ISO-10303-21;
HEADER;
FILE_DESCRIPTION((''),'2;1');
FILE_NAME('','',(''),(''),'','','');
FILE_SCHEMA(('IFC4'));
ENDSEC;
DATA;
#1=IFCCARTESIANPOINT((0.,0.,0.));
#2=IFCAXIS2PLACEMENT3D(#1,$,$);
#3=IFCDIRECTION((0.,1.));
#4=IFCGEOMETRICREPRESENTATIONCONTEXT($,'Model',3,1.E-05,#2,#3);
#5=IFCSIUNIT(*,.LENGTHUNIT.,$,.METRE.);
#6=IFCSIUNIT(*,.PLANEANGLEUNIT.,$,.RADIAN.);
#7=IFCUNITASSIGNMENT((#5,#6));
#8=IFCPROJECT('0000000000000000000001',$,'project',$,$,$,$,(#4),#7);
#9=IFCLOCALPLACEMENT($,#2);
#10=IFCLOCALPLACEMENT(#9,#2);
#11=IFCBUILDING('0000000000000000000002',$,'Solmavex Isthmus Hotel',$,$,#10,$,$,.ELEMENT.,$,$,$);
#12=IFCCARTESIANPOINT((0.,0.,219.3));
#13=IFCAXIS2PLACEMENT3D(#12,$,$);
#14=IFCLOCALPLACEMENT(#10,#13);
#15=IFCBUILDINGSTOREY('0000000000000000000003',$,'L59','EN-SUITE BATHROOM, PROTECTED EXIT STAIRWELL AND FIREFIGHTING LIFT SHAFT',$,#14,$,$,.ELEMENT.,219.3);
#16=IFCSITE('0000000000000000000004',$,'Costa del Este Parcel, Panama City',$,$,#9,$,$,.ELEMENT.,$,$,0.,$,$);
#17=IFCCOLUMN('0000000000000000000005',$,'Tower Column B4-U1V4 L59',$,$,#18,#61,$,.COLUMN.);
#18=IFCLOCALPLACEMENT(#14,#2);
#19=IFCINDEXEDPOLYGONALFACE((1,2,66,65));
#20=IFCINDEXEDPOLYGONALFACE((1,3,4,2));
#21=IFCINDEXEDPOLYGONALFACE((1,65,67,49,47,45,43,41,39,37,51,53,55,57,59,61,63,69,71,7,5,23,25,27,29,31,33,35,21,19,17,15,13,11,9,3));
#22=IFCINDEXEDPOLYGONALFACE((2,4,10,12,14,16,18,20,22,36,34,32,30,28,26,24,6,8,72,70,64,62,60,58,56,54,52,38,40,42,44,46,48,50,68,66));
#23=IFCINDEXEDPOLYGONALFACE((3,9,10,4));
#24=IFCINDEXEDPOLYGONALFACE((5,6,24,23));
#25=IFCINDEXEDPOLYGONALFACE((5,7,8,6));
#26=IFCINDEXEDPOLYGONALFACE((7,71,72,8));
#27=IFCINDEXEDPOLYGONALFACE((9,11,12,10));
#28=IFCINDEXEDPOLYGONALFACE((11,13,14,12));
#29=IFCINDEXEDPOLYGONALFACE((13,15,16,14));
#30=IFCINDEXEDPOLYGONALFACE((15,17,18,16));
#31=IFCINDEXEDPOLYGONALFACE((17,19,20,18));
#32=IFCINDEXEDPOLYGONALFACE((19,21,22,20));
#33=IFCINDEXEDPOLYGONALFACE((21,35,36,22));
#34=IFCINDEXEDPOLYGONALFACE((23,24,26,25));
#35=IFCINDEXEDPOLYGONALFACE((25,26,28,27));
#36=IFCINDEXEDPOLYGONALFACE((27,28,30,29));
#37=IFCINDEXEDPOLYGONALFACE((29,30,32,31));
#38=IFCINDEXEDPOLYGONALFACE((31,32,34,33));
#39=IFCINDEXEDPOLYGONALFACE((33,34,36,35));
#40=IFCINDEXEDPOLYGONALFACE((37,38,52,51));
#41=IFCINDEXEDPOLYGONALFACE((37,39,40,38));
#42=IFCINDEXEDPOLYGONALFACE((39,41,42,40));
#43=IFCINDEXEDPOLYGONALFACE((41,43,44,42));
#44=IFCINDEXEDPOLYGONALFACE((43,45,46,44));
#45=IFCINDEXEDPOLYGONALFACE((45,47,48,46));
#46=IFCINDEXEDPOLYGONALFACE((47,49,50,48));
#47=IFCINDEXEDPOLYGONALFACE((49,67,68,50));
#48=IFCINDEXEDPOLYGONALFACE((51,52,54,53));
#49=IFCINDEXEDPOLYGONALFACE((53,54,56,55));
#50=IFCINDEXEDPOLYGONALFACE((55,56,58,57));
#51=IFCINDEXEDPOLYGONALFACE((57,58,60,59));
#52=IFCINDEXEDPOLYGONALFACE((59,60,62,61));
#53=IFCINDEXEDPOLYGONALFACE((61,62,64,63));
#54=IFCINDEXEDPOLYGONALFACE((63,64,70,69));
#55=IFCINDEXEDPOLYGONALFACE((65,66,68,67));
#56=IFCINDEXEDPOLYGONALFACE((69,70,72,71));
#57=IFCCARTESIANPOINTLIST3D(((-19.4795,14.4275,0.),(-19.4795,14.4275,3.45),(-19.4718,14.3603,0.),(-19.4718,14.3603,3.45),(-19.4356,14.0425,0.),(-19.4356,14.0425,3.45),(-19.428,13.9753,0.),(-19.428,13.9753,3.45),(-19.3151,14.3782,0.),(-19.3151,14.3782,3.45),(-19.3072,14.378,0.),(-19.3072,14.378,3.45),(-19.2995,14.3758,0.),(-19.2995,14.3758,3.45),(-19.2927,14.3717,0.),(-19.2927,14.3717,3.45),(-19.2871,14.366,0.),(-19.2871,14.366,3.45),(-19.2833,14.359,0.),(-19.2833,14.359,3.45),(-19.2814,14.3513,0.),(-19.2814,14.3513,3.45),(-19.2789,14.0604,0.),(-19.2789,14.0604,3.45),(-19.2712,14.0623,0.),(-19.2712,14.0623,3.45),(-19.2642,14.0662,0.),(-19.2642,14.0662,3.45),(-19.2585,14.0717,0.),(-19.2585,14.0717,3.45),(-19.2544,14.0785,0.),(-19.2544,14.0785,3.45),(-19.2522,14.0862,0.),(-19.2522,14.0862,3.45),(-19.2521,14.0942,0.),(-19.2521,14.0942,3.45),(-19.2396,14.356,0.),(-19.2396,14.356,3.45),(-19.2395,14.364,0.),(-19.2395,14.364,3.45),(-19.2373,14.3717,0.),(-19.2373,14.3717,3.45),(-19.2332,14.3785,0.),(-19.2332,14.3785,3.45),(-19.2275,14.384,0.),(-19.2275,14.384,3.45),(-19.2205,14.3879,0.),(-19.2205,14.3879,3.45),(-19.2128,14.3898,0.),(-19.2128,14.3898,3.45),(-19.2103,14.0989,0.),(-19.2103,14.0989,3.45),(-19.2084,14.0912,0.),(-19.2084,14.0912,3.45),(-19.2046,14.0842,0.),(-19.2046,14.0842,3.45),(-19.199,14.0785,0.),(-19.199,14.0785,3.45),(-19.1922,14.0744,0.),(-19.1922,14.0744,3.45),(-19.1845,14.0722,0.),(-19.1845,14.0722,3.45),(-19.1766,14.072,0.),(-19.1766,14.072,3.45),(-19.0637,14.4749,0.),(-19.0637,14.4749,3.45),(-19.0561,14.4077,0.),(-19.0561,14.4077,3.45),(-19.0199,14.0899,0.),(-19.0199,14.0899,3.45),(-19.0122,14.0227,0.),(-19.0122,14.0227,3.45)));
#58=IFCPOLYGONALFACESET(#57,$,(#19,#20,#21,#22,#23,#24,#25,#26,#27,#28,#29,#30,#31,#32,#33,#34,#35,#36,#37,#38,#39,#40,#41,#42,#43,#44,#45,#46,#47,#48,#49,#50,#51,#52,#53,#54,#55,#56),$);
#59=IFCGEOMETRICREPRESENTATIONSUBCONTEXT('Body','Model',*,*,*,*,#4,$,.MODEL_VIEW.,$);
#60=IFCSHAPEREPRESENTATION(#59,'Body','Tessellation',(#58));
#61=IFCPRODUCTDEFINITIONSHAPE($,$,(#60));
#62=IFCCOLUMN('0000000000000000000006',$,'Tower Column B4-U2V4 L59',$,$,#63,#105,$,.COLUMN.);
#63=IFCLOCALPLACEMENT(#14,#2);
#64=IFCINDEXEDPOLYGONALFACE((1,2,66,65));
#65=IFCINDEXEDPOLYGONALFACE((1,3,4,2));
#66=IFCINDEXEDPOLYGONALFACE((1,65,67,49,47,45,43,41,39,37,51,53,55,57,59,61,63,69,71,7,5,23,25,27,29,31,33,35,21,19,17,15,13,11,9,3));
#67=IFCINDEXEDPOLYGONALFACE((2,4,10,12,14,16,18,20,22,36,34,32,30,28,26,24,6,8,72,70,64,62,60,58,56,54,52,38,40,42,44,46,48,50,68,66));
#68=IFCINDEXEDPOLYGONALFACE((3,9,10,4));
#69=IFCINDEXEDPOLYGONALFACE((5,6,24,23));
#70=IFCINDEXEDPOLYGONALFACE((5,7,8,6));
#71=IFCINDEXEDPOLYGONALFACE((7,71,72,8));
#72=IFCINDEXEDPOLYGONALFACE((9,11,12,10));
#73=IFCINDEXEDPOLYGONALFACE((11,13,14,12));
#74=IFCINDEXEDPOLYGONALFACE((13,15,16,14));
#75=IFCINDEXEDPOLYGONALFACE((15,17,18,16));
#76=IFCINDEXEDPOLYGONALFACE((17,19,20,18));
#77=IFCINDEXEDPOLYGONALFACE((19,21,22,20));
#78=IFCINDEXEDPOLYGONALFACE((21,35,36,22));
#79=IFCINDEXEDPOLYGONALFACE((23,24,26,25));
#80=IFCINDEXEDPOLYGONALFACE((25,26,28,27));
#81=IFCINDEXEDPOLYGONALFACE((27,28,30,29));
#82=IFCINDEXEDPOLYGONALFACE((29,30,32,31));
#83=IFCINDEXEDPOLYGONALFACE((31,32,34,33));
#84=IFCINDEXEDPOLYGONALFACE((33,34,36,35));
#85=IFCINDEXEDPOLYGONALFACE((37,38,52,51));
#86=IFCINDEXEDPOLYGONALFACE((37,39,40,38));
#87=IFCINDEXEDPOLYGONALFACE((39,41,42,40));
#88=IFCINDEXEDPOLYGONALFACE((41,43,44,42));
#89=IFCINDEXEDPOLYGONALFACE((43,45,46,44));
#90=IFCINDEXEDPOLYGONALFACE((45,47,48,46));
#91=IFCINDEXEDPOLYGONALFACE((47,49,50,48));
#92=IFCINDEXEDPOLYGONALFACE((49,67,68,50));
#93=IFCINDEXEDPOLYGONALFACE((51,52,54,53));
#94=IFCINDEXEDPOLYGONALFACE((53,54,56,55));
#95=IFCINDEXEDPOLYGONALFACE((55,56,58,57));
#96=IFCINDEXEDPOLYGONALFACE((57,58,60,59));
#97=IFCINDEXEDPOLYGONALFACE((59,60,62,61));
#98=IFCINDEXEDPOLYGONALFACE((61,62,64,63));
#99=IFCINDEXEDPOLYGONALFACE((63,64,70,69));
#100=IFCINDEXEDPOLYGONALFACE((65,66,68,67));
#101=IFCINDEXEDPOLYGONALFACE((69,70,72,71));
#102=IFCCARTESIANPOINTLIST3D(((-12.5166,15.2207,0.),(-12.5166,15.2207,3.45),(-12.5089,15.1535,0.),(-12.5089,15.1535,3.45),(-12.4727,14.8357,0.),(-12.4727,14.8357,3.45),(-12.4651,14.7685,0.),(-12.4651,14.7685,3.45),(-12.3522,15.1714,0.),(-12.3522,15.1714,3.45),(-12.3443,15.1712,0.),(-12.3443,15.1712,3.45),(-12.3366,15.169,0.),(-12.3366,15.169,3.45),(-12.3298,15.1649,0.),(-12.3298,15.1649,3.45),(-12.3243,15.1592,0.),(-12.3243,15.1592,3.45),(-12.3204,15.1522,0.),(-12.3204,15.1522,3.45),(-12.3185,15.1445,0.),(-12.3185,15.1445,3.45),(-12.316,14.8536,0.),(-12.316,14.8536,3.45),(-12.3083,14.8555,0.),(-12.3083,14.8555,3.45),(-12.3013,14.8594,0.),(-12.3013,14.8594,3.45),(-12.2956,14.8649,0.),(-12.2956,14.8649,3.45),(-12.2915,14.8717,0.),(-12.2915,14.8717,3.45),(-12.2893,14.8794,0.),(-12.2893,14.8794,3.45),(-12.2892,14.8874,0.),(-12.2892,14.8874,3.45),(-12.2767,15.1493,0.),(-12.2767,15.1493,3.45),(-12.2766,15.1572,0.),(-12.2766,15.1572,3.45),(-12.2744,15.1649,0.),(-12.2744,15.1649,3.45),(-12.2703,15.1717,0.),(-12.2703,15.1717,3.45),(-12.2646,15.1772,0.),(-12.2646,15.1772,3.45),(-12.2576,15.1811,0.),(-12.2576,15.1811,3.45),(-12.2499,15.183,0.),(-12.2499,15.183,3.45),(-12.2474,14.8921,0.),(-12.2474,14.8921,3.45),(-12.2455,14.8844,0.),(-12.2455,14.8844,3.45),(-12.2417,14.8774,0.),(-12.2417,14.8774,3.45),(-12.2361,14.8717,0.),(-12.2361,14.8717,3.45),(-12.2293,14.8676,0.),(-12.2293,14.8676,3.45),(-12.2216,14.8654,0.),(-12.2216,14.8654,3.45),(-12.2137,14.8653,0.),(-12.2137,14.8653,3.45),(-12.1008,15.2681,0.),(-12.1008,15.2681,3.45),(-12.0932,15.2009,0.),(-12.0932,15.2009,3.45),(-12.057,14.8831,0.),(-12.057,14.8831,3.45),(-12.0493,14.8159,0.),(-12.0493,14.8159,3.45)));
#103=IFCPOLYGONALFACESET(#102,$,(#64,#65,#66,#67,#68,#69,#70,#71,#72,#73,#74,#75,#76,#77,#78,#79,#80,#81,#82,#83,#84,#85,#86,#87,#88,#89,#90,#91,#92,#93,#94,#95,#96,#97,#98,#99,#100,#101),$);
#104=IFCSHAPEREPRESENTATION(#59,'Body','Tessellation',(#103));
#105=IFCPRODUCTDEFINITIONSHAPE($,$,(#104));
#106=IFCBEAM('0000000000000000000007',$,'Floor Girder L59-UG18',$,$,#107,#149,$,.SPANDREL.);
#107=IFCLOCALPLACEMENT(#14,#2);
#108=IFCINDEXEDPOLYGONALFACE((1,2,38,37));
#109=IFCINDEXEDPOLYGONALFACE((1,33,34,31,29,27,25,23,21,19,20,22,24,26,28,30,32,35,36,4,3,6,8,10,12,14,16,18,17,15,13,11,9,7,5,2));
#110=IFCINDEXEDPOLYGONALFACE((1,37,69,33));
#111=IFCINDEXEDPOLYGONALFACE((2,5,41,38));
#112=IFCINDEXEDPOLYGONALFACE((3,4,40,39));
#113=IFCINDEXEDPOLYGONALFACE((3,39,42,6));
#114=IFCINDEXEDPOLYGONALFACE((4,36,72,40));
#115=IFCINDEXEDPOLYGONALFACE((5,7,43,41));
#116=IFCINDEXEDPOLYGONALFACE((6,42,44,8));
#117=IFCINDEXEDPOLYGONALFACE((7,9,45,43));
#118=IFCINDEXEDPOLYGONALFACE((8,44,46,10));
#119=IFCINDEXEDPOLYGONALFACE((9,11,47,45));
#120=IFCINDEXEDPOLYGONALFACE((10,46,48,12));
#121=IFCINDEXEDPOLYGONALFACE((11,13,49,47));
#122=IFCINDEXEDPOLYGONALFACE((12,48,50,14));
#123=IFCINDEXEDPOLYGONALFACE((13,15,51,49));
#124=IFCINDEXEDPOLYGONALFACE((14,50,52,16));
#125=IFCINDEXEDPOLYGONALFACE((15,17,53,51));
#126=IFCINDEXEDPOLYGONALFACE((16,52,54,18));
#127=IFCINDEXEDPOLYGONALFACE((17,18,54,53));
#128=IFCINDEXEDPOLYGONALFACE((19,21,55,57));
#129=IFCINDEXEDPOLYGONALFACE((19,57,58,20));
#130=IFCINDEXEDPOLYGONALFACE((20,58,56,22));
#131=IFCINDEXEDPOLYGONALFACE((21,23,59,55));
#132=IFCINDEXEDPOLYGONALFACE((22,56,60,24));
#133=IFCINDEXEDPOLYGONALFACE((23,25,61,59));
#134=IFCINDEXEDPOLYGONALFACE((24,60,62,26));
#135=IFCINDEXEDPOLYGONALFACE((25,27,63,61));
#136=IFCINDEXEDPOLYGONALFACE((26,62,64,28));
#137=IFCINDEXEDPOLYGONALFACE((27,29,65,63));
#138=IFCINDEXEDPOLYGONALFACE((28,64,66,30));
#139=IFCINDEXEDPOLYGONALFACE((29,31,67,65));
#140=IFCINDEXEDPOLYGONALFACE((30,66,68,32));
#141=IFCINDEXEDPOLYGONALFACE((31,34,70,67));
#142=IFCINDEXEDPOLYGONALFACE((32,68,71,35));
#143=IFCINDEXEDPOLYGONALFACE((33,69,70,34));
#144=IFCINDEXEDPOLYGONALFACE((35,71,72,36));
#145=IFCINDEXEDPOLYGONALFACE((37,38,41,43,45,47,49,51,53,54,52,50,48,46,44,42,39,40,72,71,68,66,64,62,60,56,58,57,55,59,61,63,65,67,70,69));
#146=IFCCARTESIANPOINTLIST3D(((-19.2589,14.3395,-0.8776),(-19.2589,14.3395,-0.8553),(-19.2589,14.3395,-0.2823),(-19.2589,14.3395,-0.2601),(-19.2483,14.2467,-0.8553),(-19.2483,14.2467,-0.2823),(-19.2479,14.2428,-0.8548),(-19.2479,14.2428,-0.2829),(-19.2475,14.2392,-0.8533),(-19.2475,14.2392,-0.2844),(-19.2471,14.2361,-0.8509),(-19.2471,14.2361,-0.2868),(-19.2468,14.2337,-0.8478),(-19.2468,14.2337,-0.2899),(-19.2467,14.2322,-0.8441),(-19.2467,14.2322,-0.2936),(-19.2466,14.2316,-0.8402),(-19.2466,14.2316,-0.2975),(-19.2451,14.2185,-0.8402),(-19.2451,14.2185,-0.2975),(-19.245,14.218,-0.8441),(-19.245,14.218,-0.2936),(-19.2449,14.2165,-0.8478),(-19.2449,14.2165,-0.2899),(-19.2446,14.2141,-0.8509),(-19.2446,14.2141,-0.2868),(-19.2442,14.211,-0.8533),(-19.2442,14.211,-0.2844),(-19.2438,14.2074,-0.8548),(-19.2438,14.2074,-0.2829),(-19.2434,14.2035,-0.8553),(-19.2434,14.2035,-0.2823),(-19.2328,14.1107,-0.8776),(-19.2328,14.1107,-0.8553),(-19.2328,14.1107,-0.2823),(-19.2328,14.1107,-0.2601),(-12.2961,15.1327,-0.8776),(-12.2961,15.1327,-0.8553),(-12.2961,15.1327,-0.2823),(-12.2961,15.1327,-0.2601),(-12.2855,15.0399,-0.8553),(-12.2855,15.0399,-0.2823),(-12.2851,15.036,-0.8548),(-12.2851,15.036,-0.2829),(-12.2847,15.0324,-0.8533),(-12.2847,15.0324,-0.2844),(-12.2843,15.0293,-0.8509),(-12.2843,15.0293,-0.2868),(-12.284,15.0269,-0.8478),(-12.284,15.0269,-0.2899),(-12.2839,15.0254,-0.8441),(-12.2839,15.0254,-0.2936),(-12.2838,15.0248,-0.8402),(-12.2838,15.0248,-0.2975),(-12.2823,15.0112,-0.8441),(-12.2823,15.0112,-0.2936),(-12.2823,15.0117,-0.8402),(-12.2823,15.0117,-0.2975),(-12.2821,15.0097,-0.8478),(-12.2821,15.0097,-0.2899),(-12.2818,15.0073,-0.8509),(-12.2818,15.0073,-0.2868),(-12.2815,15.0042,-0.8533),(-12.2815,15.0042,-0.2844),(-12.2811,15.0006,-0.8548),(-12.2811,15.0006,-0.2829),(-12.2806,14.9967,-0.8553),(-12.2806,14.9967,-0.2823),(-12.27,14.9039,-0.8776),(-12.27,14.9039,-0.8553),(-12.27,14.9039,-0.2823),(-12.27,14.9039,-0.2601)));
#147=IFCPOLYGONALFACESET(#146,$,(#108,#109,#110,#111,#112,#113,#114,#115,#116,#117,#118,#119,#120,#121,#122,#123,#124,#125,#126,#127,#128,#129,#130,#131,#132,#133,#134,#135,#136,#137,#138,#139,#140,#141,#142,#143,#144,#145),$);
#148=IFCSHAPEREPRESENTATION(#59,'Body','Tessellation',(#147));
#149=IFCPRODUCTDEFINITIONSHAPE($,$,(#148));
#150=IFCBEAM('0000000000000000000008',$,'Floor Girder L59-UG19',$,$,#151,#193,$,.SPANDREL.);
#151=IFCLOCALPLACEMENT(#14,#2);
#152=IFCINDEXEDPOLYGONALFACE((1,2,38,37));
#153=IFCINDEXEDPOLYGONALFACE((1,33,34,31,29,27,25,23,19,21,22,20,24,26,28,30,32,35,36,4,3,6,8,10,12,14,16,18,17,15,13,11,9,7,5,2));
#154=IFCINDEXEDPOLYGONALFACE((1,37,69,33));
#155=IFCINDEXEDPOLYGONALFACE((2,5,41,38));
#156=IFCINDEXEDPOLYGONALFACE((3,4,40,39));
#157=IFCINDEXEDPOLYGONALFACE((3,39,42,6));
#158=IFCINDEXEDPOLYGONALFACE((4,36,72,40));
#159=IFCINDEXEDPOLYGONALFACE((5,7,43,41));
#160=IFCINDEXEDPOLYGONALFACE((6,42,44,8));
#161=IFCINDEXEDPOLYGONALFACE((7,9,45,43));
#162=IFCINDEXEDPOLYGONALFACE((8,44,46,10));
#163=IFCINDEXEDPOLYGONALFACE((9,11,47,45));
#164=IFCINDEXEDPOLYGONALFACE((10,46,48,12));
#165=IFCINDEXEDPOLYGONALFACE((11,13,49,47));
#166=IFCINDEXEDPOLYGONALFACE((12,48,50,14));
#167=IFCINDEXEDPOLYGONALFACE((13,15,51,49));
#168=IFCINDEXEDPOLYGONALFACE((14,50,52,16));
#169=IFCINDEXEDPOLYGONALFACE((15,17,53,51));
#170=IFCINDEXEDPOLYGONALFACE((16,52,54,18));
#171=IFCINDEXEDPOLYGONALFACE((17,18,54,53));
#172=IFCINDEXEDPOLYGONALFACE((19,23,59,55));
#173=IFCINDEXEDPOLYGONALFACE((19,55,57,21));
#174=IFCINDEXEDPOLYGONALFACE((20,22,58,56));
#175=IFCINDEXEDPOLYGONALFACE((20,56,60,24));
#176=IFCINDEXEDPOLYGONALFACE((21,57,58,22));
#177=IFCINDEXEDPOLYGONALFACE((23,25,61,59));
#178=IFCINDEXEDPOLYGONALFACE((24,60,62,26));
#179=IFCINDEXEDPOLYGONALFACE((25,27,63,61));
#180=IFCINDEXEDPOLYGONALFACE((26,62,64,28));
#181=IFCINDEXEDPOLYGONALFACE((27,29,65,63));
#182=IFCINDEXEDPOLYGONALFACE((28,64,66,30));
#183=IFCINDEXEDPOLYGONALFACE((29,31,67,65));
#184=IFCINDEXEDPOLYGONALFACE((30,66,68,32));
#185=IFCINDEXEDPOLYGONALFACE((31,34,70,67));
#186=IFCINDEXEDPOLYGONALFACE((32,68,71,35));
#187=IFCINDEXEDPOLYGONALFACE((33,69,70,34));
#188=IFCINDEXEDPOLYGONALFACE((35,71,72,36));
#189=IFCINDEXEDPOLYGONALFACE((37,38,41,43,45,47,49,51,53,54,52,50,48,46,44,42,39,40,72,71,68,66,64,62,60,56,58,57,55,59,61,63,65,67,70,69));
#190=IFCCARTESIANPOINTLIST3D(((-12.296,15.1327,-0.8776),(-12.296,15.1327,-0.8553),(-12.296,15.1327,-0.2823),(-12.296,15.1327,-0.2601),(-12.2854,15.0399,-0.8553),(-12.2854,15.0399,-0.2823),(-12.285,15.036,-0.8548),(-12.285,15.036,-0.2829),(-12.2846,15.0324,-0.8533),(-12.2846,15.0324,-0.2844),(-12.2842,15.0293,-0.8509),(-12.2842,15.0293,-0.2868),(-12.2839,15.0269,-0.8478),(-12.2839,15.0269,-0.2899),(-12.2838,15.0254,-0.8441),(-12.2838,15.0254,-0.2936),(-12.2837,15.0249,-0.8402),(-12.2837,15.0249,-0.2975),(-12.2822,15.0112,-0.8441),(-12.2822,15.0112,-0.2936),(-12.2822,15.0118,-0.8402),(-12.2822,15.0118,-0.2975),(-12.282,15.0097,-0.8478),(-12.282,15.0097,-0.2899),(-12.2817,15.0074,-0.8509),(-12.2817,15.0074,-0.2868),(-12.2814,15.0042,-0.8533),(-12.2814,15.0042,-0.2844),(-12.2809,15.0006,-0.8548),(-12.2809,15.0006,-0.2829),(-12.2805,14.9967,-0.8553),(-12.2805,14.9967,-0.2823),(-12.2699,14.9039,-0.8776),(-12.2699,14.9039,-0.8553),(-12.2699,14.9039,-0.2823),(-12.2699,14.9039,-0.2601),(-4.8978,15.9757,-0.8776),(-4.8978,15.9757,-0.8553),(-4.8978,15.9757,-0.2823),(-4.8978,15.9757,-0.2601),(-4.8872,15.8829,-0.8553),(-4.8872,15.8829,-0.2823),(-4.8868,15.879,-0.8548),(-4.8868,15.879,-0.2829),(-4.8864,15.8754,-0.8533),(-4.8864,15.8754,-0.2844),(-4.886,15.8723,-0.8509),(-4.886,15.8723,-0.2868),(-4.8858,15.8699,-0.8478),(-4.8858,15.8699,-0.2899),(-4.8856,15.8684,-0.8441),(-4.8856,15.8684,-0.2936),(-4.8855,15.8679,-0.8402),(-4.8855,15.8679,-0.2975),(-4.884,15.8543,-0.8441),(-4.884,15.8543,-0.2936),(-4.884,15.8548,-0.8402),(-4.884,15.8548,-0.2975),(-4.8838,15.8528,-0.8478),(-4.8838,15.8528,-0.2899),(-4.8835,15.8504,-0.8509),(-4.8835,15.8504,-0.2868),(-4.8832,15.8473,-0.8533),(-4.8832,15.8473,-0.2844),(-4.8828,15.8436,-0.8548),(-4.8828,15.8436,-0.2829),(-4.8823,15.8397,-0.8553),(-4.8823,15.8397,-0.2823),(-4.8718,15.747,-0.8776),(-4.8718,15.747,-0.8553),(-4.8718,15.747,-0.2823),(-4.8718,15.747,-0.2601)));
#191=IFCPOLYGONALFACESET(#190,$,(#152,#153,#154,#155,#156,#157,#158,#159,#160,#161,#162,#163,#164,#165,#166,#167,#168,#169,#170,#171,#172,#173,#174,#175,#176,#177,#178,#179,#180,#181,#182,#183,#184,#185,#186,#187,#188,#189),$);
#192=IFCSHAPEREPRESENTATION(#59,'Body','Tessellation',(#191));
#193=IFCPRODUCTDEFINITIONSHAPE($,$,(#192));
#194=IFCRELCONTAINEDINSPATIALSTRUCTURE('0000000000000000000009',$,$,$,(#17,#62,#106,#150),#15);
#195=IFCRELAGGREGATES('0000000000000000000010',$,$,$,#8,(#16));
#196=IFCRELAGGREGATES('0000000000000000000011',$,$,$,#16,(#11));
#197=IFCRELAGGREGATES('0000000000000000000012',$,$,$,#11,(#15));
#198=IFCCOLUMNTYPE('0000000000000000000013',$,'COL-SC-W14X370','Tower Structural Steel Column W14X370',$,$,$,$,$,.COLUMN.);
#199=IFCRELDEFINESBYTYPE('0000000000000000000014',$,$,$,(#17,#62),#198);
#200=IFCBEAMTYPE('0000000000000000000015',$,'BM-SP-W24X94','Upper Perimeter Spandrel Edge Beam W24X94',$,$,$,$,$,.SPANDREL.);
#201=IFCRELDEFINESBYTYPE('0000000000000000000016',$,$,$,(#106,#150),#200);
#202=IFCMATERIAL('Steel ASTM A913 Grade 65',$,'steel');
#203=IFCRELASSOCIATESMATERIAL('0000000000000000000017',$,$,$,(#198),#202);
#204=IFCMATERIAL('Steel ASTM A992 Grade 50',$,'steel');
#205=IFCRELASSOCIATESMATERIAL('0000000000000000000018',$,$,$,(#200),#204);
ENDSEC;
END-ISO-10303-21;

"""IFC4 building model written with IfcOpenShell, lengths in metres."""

from ifc_helpers import new_model, si_unit, direction, frame, origin, origin_2d, place, context, subcontext, project, spatial, i_section, extrude, material, material_profile, profile_set, type_object, element, save


model = new_model("IFC4")

# Units and contexts
model_context = context("Model", 3, precision=1e-05, world=origin(), true_north=direction((0.0, 1.0)))
body_context = subcontext(model_context, "Body", "Model", "MODEL_VIEW")
ifc_project = project(units=[si_unit("LENGTHUNIT", "METRE"), si_unit("PLANEANGLEUNIT", "RADIAN")], contexts=[model_context])

# Site, building, storey
site_placement = place(None, origin())
site = spatial("IfcSite", under=ifc_project, at=site_placement, Name="Costa del Este Parcel, Panama City", CompositionType="ELEMENT", RefElevation=0.0)
building_placement = place(site_placement, origin())
building = spatial("IfcBuilding", under=site, at=building_placement, Name="Solmavex Isthmus Hotel", CompositionType="ELEMENT")
storey_placement = place(building_placement, frame((0.0, 0.0, 219.3)))
storey = spatial("IfcBuildingStorey", under=building, at=storey_placement, Name="L59", Description="EN-SUITE BATHROOM, PROTECTED EXIT STAIRWELL AND FIREFIGHTING LIFT SHAFT", CompositionType="ELEMENT", Elevation=219.3)

# Columns
ifc_material_1 = material(Name="Steel ASTM A913 Grade 65", Category="steel")
ifc_material_profile_1 = material_profile(ifc_material_1, i_section(OverallWidth=0.4185, OverallDepth=0.4551, WebThickness=0.042, FlangeThickness=0.0676, FilletRadius=0.0305, at=origin_2d()), Name="W14X370")
ifc_profile_set_1 = profile_set([ifc_material_profile_1], Name="Steel ASTM A913 Grade 65")
column_type = type_object("IfcColumnType", Name="COL-SC-W14X370", Description="Tower Structural Steel Column W14X370", PredefinedType="COLUMN", material=ifc_profile_set_1)
for number, where, z_axis, x_axis, name in (
    (1, (-19.2458, 14.2251, 0.0), (0.0, 0.0, 1.0), (0.993572, 0.113203, 0.0), "Tower Column B4-U1V4 L59"),
    (2, (-12.283, 15.0183, 0.0), (0.0, 0.0, 1.0), (0.993572, 0.113203, 0.0), "Tower Column B4-U2V4 L59"),
):
    element("IfcColumn", number, at=place(storey_placement, frame(where, z_axis=z_axis, x_axis=x_axis)), inside=storey, type_object=column_type, Name=name, PredefinedType="COLUMN", context=body_context, shape_type="SweptSolid", body=[
        extrude(i_section(OverallWidth=0.4185, OverallDepth=0.4551, WebThickness=0.042, FlangeThickness=0.0676, FilletRadius=0.0305, at=origin_2d()), origin(), (0.0, 0.0, 1.0), 3.45),
    ])

# Beams
ifc_material_2 = material(Name="Steel ASTM A992 Grade 50", Category="steel")
ifc_material_profile_2 = material_profile(ifc_material_2, i_section(OverallWidth=0.2302, OverallDepth=0.6174, WebThickness=0.0132, FlangeThickness=0.0222, FilletRadius=0.0151, at=origin_2d()), Name="W24X94")
ifc_profile_set_2 = profile_set([ifc_material_profile_2], Name="Steel ASTM A992 Grade 50")
beam_type = type_object("IfcBeamType", Name="BM-SP-W24X94", Description="Upper Perimeter Spandrel Edge Beam W24X94", PredefinedType="SPANDREL", material=ifc_profile_set_2)
beam_1_placement = place(storey_placement, frame((-19.2458, 14.2251, -0.5688), z_axis=(0.993574, 0.113188, 0.0), x_axis=(-0.113188, 0.993574, 0.0)))
element("IfcBeam", 3, at=beam_1_placement, inside=storey, type_object=beam_type, Name="Floor Girder L59-UG18", PredefinedType="SPANDREL", context=body_context, shape_type="SweptSolid", body=[
    extrude(i_section(OverallWidth=0.2302, OverallDepth=0.6174, WebThickness=0.0132, FlangeThickness=0.0222, FilletRadius=0.0151, at=origin_2d()), origin(), (0.0, 0.0, 1.0), 7.0078),
])
beam_2_placement = place(storey_placement, frame((-12.283, 15.0183, -0.5688), z_axis=(0.99357, 0.113216, 0.0), x_axis=(-0.113216, 0.99357, 0.0)))
element("IfcBeam", 4, at=beam_2_placement, inside=storey, type_object=beam_type, Name="Floor Girder L59-UG19", PredefinedType="SPANDREL", context=body_context, shape_type="SweptSolid", body=[
    extrude(i_section(OverallWidth=0.2302, OverallDepth=0.6174, WebThickness=0.0132, FlangeThickness=0.0222, FilletRadius=0.0151, at=origin_2d()), origin(), (0.0, 0.0, 1.0), 7.446),
])

save(model, "model.ifc")
